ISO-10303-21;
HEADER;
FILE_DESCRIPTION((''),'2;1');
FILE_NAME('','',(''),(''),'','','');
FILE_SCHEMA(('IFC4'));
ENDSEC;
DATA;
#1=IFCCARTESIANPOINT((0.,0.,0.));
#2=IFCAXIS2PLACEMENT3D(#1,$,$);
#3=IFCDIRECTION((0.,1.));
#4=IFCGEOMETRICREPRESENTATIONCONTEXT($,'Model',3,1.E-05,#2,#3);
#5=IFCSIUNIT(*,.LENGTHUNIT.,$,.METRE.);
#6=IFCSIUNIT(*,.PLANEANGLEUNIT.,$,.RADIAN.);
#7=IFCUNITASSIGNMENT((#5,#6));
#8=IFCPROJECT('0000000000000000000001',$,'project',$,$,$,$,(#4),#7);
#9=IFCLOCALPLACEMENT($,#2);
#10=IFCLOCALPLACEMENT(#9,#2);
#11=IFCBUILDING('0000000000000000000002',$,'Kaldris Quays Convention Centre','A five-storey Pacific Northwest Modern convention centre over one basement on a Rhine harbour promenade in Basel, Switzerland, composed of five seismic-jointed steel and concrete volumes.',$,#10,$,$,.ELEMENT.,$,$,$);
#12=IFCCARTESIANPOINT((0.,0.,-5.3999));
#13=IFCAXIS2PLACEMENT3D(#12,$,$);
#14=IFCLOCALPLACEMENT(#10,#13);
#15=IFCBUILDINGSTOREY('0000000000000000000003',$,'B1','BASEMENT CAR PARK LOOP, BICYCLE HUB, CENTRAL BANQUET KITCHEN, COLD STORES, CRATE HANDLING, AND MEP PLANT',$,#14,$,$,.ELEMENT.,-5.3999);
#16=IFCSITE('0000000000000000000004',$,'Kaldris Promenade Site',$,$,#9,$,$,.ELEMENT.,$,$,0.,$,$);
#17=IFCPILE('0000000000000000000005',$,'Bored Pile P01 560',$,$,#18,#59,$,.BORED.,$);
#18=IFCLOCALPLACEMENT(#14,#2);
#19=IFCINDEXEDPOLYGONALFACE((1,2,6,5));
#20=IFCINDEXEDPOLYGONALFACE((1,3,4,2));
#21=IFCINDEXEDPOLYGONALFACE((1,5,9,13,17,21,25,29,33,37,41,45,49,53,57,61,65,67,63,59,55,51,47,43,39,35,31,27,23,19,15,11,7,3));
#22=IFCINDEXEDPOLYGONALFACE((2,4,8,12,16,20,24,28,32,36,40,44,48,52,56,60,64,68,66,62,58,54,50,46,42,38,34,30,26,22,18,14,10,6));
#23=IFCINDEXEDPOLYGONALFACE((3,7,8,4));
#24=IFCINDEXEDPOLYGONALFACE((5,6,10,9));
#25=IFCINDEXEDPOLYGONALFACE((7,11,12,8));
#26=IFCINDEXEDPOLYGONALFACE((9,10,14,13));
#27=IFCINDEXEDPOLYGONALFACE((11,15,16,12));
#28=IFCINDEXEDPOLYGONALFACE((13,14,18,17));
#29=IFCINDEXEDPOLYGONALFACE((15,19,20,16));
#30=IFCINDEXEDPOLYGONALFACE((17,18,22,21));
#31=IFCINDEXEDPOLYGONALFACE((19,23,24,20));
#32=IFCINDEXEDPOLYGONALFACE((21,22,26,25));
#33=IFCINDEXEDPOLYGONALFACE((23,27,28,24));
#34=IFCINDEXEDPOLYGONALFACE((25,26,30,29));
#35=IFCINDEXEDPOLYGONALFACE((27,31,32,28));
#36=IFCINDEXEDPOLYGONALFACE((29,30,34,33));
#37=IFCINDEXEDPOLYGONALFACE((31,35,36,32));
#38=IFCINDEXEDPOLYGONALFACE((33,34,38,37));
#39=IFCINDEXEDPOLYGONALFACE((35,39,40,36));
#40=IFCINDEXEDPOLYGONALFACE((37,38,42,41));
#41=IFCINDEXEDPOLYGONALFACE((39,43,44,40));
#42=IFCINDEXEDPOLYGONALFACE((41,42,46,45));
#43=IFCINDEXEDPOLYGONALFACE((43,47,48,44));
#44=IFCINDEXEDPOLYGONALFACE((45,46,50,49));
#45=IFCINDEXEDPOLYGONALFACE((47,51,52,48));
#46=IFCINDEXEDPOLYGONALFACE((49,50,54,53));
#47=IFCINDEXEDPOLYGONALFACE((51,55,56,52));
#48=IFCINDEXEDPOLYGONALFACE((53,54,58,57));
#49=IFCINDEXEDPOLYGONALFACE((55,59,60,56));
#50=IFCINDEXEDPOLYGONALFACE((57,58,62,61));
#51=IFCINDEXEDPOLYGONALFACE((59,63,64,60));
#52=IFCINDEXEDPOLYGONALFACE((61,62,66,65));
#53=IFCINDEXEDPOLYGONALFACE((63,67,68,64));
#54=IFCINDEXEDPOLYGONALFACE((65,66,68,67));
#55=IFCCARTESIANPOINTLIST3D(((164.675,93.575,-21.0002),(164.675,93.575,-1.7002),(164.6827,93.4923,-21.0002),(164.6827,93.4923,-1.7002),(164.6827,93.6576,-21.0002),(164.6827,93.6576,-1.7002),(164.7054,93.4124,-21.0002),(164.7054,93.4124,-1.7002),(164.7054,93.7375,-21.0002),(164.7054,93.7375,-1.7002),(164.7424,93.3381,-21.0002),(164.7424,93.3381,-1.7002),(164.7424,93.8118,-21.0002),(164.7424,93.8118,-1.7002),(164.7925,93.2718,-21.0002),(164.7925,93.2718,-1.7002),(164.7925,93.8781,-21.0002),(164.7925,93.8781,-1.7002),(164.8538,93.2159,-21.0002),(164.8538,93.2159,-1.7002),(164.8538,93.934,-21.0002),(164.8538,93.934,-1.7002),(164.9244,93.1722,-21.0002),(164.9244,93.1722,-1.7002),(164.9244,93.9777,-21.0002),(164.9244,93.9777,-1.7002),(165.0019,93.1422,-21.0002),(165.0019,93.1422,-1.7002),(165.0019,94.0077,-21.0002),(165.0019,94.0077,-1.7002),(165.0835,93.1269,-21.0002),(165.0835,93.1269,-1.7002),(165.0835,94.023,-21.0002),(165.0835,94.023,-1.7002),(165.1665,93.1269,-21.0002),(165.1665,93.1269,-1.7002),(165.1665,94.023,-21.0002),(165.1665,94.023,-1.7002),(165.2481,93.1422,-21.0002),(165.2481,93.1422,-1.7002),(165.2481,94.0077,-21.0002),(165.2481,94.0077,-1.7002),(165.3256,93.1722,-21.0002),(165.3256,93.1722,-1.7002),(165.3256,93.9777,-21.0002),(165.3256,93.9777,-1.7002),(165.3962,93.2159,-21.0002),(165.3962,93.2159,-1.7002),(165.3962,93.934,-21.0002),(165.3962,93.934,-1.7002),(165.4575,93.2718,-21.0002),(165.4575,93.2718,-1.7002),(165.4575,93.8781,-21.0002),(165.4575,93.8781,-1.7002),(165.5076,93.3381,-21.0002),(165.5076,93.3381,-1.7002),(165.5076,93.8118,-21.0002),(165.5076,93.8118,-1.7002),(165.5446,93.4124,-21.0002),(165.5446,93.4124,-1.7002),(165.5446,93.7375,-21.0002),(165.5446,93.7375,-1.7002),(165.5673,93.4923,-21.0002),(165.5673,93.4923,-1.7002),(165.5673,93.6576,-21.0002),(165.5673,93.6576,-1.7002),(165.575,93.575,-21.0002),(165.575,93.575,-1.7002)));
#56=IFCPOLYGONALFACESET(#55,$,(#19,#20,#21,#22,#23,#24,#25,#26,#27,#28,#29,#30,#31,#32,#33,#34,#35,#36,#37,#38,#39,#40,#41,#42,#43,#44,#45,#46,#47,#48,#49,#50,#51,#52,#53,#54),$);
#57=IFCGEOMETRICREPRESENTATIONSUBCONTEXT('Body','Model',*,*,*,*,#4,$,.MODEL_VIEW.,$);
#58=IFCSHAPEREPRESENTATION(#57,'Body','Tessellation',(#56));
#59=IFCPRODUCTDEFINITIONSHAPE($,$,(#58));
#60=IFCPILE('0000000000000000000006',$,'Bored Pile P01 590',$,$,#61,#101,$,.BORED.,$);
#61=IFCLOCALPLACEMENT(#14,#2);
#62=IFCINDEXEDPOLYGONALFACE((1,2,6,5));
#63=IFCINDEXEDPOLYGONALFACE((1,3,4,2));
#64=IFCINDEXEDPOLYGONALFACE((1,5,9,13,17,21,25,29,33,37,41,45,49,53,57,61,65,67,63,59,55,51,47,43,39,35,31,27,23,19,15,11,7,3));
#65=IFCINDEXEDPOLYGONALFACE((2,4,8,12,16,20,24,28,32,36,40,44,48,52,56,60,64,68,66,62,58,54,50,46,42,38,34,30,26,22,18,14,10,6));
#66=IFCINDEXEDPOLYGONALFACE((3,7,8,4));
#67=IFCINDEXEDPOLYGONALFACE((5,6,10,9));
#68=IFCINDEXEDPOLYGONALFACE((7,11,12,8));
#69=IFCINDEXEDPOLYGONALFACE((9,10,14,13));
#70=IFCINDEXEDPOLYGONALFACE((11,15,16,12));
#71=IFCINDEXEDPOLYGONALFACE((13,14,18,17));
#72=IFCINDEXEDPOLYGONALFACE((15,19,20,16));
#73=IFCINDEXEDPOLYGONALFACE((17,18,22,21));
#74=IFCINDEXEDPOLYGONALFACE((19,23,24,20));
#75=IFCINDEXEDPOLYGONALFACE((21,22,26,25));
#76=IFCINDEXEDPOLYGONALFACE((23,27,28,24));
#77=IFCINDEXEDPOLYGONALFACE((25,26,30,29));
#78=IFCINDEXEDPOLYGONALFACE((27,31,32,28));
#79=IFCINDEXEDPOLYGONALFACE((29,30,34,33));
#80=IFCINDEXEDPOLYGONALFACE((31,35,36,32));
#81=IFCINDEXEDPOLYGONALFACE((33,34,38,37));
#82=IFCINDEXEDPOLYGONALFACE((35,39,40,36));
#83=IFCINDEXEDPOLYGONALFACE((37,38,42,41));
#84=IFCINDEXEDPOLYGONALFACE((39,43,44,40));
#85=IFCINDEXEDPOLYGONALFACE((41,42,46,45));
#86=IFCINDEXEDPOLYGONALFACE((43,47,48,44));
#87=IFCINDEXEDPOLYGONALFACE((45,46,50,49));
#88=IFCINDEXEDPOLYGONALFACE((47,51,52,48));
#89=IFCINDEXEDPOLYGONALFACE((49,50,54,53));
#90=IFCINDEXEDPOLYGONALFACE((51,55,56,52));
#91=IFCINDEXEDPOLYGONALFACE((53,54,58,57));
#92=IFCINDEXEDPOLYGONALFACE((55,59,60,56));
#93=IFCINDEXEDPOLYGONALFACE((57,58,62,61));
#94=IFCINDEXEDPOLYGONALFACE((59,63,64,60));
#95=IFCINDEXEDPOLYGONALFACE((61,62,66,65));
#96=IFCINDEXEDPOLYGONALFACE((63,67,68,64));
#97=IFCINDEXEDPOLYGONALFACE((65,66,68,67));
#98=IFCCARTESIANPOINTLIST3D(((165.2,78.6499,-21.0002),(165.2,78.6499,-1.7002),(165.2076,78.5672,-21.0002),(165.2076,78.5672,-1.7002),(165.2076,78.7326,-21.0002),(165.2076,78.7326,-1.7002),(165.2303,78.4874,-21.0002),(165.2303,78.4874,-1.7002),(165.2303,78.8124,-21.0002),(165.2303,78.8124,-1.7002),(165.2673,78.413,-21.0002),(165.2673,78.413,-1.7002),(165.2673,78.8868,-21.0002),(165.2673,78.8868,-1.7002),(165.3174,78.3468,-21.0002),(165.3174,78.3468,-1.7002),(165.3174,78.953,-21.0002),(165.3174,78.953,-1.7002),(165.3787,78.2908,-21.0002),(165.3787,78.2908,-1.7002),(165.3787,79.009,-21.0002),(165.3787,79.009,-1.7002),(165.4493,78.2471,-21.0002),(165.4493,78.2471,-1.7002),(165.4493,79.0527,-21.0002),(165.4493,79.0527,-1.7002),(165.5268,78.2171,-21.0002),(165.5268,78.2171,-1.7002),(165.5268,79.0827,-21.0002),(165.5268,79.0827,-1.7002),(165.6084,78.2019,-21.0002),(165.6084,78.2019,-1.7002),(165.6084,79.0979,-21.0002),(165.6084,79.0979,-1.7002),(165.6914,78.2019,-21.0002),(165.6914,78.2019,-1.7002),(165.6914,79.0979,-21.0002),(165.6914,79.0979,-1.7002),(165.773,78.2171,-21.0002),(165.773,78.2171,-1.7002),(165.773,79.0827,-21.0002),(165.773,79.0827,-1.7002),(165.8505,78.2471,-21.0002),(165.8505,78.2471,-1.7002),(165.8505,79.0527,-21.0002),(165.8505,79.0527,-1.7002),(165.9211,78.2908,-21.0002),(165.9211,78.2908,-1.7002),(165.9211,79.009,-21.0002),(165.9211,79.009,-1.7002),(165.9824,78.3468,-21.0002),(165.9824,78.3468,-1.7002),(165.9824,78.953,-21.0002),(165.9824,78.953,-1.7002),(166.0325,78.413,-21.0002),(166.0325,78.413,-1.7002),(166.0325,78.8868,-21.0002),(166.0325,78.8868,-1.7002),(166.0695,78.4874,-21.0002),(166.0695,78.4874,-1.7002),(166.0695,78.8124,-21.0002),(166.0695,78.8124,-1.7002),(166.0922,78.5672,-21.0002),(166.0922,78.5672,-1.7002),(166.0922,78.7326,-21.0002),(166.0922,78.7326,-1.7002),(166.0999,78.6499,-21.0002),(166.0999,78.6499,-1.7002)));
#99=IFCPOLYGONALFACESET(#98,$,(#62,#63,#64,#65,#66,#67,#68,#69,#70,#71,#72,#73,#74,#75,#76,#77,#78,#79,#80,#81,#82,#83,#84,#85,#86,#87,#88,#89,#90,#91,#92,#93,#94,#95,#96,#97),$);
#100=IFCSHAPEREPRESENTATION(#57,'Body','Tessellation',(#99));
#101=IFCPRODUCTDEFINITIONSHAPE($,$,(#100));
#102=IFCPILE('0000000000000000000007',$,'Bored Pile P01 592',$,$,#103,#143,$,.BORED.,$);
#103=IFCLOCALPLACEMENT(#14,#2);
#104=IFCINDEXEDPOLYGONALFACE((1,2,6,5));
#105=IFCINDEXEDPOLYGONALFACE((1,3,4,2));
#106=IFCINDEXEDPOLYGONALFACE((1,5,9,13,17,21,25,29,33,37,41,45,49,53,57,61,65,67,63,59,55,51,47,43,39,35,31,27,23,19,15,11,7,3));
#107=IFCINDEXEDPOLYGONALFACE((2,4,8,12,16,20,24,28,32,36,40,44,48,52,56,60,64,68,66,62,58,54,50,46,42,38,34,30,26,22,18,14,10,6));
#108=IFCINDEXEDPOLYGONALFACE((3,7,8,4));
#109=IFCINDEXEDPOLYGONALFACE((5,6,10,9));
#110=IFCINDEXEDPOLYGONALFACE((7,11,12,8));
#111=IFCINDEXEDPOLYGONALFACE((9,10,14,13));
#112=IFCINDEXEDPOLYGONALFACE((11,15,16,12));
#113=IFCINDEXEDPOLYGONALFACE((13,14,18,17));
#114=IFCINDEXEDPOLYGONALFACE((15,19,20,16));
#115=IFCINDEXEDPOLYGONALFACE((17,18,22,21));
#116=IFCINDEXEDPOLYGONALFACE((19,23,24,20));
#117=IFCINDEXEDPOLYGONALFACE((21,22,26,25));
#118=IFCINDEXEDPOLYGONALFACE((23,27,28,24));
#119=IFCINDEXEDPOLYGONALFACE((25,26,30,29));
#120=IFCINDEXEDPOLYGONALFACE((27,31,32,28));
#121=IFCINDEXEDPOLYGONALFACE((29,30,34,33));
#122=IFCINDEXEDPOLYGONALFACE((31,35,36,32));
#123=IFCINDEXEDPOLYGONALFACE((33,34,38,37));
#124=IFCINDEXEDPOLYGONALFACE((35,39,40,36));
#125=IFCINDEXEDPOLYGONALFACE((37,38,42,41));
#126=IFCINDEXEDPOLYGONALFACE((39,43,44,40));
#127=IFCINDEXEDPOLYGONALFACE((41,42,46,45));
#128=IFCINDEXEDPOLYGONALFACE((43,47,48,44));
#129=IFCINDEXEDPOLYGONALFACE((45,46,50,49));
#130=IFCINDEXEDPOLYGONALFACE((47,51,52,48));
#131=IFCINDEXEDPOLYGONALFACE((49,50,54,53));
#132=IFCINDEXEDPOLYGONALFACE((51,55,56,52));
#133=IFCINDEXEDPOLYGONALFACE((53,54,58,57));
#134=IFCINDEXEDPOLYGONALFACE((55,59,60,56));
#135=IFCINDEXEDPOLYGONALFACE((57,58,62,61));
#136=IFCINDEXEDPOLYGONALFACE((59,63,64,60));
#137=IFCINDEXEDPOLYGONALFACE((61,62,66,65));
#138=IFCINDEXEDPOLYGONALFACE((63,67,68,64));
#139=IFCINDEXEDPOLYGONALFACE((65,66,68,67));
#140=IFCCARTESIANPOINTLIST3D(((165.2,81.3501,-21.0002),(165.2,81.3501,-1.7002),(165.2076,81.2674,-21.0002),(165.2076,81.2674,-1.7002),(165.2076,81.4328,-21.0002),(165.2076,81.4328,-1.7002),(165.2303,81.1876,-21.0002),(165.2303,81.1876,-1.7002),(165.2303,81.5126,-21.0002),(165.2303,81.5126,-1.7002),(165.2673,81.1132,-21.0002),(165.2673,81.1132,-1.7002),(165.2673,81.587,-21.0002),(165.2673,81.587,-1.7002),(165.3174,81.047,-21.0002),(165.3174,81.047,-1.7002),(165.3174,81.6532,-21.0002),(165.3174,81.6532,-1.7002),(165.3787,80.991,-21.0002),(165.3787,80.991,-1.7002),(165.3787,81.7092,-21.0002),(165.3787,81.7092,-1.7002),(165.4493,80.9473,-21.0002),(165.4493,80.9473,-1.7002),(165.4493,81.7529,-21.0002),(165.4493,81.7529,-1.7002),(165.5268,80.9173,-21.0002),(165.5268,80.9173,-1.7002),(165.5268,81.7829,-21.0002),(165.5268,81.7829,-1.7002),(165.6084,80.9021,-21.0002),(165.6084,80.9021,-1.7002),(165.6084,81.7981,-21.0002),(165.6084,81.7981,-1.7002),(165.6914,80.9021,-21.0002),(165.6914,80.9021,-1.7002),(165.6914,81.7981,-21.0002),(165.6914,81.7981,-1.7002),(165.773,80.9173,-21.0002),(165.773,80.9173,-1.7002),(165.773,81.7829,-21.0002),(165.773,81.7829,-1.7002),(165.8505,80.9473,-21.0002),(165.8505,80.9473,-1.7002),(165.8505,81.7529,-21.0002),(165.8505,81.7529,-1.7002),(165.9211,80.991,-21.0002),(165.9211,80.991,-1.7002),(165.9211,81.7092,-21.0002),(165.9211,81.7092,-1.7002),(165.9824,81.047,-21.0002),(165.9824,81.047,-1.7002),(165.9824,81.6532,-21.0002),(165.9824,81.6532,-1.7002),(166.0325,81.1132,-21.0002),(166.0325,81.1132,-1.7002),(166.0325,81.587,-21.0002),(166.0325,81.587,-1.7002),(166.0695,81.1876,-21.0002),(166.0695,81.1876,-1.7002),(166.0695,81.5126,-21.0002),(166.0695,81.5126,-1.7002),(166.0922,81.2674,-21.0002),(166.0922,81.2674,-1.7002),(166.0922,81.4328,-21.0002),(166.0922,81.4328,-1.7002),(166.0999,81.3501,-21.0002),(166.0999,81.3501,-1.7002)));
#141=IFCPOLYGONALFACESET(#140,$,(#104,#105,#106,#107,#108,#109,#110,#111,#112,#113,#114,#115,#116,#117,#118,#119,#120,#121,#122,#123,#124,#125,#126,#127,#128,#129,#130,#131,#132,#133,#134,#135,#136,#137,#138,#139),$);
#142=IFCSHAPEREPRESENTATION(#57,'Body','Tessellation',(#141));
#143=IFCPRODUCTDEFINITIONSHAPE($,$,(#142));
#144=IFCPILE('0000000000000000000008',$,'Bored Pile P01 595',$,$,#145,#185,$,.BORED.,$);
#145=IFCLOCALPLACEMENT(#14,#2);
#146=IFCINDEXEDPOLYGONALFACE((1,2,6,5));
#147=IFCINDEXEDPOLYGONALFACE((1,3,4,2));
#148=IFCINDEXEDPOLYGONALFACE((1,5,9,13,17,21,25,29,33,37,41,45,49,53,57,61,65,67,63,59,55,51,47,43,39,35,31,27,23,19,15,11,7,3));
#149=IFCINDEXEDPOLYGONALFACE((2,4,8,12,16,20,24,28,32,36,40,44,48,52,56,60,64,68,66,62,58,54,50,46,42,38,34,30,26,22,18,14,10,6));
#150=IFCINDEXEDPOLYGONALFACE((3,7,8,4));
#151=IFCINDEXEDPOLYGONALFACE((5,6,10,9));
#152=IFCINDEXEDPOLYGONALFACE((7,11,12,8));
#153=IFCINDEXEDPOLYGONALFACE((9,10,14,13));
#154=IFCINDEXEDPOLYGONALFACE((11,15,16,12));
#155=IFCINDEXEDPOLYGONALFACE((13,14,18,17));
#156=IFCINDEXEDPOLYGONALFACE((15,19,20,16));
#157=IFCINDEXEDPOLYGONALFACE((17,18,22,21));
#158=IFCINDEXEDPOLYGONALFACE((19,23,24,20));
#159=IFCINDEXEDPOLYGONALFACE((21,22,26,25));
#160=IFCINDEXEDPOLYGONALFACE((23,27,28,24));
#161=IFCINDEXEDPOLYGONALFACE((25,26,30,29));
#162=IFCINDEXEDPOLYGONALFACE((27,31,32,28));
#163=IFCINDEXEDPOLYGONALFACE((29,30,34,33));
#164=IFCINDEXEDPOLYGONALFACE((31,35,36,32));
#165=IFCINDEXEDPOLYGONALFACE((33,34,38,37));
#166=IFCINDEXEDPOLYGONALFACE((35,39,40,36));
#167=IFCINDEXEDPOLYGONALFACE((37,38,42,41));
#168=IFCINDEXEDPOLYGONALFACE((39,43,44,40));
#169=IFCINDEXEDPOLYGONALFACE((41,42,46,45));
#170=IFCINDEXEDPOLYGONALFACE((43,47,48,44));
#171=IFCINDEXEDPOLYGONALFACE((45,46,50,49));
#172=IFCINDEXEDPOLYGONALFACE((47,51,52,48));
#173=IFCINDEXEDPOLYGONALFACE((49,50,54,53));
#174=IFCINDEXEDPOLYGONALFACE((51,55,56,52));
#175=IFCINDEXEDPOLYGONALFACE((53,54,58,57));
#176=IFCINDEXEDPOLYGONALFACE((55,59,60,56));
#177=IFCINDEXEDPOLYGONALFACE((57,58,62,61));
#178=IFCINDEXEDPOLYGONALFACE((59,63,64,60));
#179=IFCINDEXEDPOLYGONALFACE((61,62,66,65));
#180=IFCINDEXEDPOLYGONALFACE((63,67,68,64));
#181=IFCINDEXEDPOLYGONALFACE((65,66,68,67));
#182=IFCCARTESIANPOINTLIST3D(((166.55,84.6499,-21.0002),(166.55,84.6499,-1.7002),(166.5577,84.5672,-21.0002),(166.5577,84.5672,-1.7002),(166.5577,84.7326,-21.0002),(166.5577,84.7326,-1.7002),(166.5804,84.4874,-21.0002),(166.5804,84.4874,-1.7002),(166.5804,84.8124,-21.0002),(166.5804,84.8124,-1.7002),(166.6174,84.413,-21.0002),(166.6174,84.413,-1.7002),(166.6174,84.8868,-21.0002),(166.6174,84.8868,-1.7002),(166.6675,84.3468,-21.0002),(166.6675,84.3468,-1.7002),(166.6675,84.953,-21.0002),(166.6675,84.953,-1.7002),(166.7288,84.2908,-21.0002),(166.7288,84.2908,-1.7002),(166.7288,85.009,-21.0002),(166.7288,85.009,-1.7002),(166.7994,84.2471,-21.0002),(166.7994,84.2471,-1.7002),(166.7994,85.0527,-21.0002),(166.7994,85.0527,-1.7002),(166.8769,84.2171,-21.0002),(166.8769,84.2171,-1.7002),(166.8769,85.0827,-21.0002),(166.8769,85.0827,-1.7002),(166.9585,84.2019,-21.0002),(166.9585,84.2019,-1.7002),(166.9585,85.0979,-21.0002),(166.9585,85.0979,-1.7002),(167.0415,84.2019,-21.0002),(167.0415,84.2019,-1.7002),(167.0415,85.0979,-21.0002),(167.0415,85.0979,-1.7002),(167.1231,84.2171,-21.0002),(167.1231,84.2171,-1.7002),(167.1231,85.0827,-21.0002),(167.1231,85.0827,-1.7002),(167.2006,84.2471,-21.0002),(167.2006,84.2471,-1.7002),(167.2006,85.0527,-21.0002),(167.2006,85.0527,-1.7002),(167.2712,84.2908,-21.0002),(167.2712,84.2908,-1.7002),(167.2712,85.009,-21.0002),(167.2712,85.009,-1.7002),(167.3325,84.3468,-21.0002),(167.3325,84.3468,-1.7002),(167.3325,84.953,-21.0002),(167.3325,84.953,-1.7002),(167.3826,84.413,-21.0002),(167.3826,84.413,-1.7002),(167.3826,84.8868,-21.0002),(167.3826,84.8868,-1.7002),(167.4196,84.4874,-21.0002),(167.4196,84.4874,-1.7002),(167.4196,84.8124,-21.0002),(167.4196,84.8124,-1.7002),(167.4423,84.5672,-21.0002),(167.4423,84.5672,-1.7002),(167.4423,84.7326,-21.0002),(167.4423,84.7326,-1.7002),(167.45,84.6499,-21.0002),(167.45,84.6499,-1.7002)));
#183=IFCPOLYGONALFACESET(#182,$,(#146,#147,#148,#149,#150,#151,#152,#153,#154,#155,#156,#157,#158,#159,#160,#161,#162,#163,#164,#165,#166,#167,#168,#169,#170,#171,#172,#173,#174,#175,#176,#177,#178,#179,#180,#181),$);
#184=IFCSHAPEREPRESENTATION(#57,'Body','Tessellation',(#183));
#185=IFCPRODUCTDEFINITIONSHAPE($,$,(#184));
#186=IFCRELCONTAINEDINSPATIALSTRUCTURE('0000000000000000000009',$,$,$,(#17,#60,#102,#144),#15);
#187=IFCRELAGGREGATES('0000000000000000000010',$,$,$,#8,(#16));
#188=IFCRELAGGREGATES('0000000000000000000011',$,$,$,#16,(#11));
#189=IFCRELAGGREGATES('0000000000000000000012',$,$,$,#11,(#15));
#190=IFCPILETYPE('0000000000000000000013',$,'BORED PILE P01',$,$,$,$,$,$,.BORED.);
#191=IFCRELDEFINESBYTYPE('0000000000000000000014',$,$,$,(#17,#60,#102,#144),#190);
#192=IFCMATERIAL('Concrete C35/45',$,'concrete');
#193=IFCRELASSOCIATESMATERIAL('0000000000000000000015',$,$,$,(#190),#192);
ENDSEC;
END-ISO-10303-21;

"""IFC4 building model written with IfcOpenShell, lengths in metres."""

from ifc_helpers import new_model, si_unit, direction, frame, origin, origin_2d, place, context, subcontext, project, spatial, circle, extrude, material, material_profile, profile_set, type_object, element, save


model = new_model("IFC4")

# Units and contexts
model_context = context("Model", 3, precision=1e-05, world=origin(), true_north=direction((0.0, 1.0)))
body_context = subcontext(model_context, "Body", "Model", "MODEL_VIEW")
ifc_project = project(units=[si_unit("LENGTHUNIT", "METRE"), si_unit("PLANEANGLEUNIT", "RADIAN")], contexts=[model_context])

# Site, building, storey
site_placement = place(None, origin())
site = spatial("IfcSite", under=ifc_project, at=site_placement, Name="Kaldris Promenade Site", CompositionType="ELEMENT", RefElevation=0.0)
building_placement = place(site_placement, origin())
building = spatial("IfcBuilding", under=site, at=building_placement, Name="Kaldris Quays Convention Centre", Description="A five-storey Pacific Northwest Modern convention centre over one basement on a Rhine harbour promenade in Basel, Switzerland, composed of five seismic-jointed steel and concrete volumes.", CompositionType="ELEMENT")
storey_placement = place(building_placement, frame((0.0, 0.0, -5.3999)))
storey = spatial("IfcBuildingStorey", under=building, at=storey_placement, Name="B1", Description="BASEMENT CAR PARK LOOP, BICYCLE HUB, CENTRAL BANQUET KITCHEN, COLD STORES, CRATE HANDLING, AND MEP PLANT", CompositionType="ELEMENT", Elevation=-5.3999)

# Piles
ifc_material_1 = material(Name="Concrete C35/45", Category="concrete")
ifc_material_profile_1 = material_profile(ifc_material_1, circle(Radius=0.45, at=origin_2d()), Name="BORED PILE D900")
ifc_profile_set_1 = profile_set([ifc_material_profile_1], Name="Concrete C35/45")
pile_type_1 = type_object("IfcPileType", Name="BORED PILE P01", PredefinedType="BORED", material=ifc_profile_set_1)
for number, where, z_axis, x_axis, name in (
    (1, (165.125, 93.575, -1.7002), (0.0, 0.0, -1.0), (1.0, 0.0, 0.0), "Bored Pile P01 560"),
    (2, (165.6499, 78.6499, -1.7002), (0.0, 0.0, -1.0), (1.0, 0.0, 0.0), "Bored Pile P01 590"),
    (3, (165.6499, 81.3501, -1.7002), (0.0, 0.0, -1.0), (1.0, 0.0, 0.0), "Bored Pile P01 592"),
    (4, (167.0, 84.6499, -1.7002), (0.0, 0.0, -1.0), (1.0, 0.0, 0.0), "Bored Pile P01 595"),
):
    element("IfcPile", number, at=place(storey_placement, frame(where, z_axis=z_axis, x_axis=x_axis)), inside=storey, type_object=pile_type_1, Name=name, PredefinedType="BORED", context=body_context, shape_type="SweptSolid", body=[
        extrude(circle(Radius=0.45, at=origin_2d()), origin(), (0.0, 0.0, 1.0), 19.3),
    ])

save(model, "model.ifc")
